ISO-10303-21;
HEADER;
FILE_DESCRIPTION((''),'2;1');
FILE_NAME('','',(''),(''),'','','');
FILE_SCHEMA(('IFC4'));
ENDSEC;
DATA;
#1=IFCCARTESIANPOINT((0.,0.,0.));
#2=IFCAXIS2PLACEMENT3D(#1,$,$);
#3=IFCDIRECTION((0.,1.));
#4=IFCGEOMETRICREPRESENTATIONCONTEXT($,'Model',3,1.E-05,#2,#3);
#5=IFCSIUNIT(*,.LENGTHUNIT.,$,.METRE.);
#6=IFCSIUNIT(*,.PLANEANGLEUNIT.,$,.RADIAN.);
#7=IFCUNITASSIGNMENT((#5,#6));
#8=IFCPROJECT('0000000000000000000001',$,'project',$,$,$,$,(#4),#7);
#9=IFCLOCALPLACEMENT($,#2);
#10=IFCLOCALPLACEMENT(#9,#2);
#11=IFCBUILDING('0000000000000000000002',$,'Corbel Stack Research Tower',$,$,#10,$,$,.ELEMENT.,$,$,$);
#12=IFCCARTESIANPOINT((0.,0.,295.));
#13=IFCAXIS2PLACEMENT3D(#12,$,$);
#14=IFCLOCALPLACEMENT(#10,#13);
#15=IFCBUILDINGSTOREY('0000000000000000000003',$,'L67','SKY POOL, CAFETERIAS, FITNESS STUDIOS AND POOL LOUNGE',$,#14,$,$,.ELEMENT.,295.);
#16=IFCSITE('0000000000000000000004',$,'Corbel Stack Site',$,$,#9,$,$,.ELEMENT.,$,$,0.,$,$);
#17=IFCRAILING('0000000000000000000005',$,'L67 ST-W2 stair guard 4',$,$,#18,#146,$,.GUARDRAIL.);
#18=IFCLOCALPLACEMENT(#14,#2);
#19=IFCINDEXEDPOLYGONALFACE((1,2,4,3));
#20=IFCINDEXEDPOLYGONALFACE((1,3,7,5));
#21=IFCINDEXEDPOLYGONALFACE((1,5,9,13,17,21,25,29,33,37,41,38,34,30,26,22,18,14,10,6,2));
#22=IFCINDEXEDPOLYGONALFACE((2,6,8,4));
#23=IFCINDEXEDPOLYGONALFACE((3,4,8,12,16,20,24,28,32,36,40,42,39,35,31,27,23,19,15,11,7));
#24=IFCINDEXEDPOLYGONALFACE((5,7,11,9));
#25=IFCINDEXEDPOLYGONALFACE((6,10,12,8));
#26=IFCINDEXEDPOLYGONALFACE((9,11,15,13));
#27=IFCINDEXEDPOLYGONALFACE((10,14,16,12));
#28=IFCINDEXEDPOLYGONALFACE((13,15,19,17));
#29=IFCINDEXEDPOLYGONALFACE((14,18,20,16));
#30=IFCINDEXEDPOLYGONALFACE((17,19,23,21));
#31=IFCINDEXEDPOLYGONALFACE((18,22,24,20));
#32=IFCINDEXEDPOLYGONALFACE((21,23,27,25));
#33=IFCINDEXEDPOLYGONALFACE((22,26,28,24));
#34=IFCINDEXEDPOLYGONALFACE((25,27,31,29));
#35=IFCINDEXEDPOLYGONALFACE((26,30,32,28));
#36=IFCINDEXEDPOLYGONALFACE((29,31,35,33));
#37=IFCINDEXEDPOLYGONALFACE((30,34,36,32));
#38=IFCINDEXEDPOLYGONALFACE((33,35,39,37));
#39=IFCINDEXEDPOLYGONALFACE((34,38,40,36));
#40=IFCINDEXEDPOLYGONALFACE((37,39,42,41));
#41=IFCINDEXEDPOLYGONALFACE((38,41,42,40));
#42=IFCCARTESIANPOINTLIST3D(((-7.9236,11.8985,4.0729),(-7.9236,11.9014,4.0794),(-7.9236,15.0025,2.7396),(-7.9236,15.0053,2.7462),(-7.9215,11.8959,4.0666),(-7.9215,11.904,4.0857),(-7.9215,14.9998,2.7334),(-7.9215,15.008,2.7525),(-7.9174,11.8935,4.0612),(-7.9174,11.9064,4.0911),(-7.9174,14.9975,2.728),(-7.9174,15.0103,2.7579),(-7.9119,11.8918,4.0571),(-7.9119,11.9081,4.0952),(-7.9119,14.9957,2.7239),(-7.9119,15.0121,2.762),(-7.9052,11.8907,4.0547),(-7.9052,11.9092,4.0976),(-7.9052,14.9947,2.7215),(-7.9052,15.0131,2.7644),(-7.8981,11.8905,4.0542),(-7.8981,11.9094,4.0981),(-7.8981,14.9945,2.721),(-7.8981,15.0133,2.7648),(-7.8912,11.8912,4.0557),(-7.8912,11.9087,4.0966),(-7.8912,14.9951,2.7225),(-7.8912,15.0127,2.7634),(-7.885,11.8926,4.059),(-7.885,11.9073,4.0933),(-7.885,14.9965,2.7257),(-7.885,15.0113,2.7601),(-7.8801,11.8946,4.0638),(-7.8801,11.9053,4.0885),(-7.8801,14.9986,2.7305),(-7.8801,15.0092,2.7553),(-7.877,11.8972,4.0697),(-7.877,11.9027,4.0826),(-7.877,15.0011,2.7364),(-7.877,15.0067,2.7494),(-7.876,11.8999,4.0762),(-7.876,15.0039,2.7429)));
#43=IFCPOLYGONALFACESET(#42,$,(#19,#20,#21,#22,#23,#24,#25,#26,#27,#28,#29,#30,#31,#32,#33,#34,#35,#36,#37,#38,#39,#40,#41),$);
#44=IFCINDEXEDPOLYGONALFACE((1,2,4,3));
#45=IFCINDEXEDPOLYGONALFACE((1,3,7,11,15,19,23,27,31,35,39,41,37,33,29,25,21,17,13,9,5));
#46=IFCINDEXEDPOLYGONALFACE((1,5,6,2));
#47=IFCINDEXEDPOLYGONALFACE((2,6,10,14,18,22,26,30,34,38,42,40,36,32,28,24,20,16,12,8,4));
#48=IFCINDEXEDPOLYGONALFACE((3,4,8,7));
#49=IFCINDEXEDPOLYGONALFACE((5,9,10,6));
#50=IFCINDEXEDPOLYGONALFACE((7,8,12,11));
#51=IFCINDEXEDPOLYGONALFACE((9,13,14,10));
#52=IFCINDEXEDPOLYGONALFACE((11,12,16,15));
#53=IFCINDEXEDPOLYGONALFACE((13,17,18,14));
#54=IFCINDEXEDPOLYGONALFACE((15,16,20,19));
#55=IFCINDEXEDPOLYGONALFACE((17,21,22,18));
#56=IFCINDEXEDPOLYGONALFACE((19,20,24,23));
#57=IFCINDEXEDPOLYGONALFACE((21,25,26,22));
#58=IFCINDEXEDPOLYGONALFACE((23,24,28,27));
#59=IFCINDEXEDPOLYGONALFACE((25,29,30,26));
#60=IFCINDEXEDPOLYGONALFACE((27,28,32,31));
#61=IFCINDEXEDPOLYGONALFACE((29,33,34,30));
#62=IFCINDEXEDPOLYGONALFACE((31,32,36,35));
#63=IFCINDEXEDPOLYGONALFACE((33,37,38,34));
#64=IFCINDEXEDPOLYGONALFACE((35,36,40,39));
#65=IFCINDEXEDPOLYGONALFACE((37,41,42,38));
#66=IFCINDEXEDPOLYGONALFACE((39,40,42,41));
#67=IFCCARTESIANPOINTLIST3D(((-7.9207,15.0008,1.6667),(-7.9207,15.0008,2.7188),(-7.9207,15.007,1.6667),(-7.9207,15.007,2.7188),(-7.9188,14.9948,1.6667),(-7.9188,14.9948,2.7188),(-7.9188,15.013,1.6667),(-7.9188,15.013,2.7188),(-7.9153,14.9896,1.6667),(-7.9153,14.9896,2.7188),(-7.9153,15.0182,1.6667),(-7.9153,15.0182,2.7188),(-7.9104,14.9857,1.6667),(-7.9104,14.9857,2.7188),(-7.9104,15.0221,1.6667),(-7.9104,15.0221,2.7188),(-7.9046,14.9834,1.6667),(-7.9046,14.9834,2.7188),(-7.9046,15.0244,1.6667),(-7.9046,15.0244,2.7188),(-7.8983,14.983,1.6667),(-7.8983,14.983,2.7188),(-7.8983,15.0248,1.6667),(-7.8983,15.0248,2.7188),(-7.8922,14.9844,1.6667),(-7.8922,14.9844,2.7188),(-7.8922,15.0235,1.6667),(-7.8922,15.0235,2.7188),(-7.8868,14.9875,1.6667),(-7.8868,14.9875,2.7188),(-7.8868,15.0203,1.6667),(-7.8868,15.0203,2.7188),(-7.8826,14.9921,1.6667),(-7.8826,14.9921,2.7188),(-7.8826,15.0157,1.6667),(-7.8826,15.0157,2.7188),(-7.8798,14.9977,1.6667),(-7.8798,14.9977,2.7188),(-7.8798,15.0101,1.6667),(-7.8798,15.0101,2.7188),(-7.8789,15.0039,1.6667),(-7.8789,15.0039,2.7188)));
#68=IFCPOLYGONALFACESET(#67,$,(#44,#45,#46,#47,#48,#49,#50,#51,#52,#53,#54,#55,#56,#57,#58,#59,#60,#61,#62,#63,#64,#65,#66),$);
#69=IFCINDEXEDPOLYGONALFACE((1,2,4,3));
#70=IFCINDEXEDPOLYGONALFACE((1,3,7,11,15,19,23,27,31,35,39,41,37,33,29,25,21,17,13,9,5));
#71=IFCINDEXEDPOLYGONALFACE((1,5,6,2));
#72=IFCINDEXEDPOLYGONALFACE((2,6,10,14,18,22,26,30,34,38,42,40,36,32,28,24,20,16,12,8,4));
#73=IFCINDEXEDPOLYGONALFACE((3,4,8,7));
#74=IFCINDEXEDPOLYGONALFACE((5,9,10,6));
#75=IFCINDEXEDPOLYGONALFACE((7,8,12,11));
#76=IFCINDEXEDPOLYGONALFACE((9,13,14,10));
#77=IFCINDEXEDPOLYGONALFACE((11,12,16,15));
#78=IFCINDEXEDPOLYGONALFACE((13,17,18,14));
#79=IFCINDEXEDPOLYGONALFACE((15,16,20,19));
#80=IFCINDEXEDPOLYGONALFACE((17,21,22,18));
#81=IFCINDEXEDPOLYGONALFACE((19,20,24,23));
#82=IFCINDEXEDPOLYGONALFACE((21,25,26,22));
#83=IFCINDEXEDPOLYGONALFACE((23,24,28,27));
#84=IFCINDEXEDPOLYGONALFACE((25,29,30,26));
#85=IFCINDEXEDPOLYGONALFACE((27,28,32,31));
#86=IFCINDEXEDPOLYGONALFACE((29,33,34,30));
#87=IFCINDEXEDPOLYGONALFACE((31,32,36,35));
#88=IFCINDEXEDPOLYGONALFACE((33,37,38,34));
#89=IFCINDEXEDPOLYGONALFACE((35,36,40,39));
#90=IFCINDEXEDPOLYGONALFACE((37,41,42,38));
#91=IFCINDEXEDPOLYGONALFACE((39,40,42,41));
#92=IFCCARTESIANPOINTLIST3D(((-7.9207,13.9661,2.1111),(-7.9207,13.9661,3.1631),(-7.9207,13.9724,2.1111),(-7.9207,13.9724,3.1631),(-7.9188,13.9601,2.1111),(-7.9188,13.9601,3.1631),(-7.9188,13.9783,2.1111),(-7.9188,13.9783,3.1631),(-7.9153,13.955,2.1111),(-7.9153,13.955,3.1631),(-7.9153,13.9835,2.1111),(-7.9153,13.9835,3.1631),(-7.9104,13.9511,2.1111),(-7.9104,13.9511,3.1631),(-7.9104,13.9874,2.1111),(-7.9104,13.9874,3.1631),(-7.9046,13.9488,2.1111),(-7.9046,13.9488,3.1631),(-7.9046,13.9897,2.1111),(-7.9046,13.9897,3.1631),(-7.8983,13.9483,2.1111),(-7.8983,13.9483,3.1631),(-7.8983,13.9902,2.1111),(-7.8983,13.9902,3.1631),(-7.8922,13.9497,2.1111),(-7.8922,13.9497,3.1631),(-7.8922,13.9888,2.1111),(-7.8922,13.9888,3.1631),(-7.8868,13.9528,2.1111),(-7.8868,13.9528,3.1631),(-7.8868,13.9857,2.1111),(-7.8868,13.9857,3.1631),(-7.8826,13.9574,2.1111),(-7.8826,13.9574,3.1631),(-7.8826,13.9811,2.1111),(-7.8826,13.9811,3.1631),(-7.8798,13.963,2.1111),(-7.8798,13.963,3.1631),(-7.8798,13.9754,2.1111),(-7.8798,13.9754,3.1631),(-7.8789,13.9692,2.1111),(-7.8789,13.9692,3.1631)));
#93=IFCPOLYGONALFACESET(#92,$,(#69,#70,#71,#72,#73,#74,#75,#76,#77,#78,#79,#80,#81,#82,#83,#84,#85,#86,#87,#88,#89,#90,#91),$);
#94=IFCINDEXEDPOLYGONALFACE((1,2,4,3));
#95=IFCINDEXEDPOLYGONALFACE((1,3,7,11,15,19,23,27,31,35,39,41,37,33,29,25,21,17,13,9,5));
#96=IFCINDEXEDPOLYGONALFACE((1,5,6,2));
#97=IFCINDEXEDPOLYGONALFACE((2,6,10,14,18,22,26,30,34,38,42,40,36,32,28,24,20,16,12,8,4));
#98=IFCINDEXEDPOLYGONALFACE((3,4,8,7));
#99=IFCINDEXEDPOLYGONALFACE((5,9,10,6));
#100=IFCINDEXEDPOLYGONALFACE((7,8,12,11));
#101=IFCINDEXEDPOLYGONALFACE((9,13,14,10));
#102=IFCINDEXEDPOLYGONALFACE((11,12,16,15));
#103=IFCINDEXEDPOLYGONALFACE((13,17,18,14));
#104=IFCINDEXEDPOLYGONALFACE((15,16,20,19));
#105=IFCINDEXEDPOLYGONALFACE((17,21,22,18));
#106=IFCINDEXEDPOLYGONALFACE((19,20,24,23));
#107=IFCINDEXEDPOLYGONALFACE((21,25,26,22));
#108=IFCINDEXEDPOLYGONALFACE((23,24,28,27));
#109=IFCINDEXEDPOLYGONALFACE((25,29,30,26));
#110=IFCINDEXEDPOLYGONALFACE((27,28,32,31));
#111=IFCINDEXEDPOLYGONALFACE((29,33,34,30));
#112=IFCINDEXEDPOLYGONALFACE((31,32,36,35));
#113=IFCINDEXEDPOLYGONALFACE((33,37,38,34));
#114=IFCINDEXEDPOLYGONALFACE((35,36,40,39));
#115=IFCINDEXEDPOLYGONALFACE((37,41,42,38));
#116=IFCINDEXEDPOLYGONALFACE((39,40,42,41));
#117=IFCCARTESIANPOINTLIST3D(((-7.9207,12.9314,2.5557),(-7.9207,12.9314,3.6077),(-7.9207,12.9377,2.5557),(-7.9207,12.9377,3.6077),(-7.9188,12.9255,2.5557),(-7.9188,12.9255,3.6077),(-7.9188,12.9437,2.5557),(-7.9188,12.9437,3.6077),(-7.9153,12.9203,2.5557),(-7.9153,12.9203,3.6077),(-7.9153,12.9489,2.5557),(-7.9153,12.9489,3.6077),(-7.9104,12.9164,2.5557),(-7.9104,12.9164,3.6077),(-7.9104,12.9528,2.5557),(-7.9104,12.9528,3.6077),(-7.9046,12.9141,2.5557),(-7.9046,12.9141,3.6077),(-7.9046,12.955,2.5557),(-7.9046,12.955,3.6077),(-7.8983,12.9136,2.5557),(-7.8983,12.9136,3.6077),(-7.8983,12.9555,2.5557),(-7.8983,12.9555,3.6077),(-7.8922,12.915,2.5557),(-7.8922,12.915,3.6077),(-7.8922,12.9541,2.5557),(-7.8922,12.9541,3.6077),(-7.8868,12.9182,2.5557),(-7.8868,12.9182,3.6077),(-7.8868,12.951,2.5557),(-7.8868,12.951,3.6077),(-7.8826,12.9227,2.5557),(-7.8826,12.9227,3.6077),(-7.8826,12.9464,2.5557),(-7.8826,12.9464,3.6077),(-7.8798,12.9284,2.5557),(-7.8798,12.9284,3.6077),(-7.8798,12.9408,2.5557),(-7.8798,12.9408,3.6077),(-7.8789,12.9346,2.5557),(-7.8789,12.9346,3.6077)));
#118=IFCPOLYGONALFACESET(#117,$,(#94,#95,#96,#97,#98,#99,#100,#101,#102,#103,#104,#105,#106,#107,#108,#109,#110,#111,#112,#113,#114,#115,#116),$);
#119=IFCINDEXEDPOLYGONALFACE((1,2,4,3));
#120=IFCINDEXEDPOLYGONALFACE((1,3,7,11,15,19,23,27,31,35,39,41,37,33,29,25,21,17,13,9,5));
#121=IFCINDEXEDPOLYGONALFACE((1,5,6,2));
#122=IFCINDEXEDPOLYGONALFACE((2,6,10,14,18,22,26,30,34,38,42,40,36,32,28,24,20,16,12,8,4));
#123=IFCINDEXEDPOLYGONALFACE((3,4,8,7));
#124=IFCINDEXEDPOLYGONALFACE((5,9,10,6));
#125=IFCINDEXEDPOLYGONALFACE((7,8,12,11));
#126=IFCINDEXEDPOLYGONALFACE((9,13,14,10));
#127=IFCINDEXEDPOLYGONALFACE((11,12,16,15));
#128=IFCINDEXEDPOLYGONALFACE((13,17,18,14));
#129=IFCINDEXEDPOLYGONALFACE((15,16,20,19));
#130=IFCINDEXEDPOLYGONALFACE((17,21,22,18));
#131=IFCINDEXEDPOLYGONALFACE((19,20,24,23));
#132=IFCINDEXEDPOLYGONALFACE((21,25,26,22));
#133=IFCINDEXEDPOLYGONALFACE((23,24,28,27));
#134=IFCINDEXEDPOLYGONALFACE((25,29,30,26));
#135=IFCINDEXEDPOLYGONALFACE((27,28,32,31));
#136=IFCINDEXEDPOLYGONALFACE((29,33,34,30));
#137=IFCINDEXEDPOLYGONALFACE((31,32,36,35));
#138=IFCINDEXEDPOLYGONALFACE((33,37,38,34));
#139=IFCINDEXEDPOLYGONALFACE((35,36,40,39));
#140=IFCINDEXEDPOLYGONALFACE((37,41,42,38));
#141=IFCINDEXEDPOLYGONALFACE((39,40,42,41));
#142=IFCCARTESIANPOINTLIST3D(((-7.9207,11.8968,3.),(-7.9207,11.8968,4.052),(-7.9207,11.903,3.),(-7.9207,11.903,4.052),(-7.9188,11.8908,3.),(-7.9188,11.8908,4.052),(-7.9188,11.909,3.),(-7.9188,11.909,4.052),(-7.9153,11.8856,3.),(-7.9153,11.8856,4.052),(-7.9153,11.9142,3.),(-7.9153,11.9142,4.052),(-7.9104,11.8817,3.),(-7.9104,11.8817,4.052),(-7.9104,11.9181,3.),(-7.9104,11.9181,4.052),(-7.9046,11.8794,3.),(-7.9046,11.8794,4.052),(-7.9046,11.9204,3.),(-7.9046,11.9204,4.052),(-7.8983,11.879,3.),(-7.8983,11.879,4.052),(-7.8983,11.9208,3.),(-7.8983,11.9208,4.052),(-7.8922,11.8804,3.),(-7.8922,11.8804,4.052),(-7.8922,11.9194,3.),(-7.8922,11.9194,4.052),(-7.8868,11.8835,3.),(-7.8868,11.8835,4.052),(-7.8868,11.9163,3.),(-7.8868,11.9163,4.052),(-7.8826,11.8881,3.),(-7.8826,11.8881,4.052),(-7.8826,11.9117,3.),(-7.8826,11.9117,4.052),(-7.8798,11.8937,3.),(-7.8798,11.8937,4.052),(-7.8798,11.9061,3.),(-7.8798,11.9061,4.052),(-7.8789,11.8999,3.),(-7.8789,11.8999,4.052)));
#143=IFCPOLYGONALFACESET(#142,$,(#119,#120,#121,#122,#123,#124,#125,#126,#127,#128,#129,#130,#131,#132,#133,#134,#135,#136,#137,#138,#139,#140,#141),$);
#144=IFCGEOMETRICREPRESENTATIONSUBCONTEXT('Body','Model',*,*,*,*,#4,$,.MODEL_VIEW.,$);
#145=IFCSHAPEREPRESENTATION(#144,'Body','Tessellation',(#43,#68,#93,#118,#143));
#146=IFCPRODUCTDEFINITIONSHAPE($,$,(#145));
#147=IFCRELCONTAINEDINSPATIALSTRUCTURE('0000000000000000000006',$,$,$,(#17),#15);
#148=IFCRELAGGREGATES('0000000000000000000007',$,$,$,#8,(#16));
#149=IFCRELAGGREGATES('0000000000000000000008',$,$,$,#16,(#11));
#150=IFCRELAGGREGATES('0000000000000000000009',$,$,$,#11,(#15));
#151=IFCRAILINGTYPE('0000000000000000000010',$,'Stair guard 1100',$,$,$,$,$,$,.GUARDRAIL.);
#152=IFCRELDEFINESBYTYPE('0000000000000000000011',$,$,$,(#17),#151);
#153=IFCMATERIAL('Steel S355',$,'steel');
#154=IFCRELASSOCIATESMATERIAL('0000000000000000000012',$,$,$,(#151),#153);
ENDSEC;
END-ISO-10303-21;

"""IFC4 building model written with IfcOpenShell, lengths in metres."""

from ifc_helpers import new_model, si_unit, direction, frame, origin, origin_2d, place, context, subcontext, project, spatial, circle, extrude, material, type_object, element, save


model = new_model("IFC4")

# Units and contexts
model_context = context("Model", 3, precision=1e-05, world=origin(), true_north=direction((0.0, 1.0)))
body_context = subcontext(model_context, "Body", "Model", "MODEL_VIEW")
ifc_project = project(units=[si_unit("LENGTHUNIT", "METRE"), si_unit("PLANEANGLEUNIT", "RADIAN")], contexts=[model_context])

# Site, building, storey
site_placement = place(None, origin())
site = spatial("IfcSite", under=ifc_project, at=site_placement, Name="Corbel Stack Site", CompositionType="ELEMENT", RefElevation=0.0)
building_placement = place(site_placement, origin())
building = spatial("IfcBuilding", under=site, at=building_placement, Name="Corbel Stack Research Tower", CompositionType="ELEMENT")
storey_placement = place(building_placement, frame((0.0, 0.0, 295.0)))
storey = spatial("IfcBuildingStorey", under=building, at=storey_placement, Name="L67", Description="SKY POOL, CAFETERIAS, FITNESS STUDIOS AND POOL LOUNGE", CompositionType="ELEMENT", Elevation=295.0)

# Railing
ifc_material_1 = material(Name="Steel S355", Category="steel")
railing_type_1 = type_object("IfcRailingType", Name="Stair guard 1100", PredefinedType="GUARDRAIL", material=ifc_material_1)
railing_1_placement = place(storey_placement, frame((-7.8999, 15.0039, 1.6667)))
element("IfcRailing", 1, at=railing_1_placement, inside=storey, type_object=railing_type_1, Name="L67 ST-W2 stair guard 4", PredefinedType="GUARDRAIL", context=body_context, shape_type="SweptSolid", body=[
    extrude(circle(Radius=0.0239, at=origin_2d()), frame((0.0, 0.0, 1.0762), z_axis=(0.0, -0.918827, 0.394661), x_axis=(1.0, 0.0, 0.0)), (0.0, 0.0, 1.0), 3.3782),
    extrude(circle(Radius=0.021, at=origin_2d()), origin(), (0.0, 0.0, 1.0), 1.052),
    extrude(circle(Radius=0.021, at=origin_2d()), frame((0.0, -1.0347, 0.4443)), (0.0, 0.0, 1.0), 1.052),
    extrude(circle(Radius=0.021, at=origin_2d()), frame((0.0, -2.0693, 0.8889)), (0.0, 0.0, 1.0), 1.052),
    extrude(circle(Radius=0.021, at=origin_2d()), frame((0.0, -3.104, 1.3333)), (0.0, 0.0, 1.0), 1.052),
])

save(model, "model.ifc")
